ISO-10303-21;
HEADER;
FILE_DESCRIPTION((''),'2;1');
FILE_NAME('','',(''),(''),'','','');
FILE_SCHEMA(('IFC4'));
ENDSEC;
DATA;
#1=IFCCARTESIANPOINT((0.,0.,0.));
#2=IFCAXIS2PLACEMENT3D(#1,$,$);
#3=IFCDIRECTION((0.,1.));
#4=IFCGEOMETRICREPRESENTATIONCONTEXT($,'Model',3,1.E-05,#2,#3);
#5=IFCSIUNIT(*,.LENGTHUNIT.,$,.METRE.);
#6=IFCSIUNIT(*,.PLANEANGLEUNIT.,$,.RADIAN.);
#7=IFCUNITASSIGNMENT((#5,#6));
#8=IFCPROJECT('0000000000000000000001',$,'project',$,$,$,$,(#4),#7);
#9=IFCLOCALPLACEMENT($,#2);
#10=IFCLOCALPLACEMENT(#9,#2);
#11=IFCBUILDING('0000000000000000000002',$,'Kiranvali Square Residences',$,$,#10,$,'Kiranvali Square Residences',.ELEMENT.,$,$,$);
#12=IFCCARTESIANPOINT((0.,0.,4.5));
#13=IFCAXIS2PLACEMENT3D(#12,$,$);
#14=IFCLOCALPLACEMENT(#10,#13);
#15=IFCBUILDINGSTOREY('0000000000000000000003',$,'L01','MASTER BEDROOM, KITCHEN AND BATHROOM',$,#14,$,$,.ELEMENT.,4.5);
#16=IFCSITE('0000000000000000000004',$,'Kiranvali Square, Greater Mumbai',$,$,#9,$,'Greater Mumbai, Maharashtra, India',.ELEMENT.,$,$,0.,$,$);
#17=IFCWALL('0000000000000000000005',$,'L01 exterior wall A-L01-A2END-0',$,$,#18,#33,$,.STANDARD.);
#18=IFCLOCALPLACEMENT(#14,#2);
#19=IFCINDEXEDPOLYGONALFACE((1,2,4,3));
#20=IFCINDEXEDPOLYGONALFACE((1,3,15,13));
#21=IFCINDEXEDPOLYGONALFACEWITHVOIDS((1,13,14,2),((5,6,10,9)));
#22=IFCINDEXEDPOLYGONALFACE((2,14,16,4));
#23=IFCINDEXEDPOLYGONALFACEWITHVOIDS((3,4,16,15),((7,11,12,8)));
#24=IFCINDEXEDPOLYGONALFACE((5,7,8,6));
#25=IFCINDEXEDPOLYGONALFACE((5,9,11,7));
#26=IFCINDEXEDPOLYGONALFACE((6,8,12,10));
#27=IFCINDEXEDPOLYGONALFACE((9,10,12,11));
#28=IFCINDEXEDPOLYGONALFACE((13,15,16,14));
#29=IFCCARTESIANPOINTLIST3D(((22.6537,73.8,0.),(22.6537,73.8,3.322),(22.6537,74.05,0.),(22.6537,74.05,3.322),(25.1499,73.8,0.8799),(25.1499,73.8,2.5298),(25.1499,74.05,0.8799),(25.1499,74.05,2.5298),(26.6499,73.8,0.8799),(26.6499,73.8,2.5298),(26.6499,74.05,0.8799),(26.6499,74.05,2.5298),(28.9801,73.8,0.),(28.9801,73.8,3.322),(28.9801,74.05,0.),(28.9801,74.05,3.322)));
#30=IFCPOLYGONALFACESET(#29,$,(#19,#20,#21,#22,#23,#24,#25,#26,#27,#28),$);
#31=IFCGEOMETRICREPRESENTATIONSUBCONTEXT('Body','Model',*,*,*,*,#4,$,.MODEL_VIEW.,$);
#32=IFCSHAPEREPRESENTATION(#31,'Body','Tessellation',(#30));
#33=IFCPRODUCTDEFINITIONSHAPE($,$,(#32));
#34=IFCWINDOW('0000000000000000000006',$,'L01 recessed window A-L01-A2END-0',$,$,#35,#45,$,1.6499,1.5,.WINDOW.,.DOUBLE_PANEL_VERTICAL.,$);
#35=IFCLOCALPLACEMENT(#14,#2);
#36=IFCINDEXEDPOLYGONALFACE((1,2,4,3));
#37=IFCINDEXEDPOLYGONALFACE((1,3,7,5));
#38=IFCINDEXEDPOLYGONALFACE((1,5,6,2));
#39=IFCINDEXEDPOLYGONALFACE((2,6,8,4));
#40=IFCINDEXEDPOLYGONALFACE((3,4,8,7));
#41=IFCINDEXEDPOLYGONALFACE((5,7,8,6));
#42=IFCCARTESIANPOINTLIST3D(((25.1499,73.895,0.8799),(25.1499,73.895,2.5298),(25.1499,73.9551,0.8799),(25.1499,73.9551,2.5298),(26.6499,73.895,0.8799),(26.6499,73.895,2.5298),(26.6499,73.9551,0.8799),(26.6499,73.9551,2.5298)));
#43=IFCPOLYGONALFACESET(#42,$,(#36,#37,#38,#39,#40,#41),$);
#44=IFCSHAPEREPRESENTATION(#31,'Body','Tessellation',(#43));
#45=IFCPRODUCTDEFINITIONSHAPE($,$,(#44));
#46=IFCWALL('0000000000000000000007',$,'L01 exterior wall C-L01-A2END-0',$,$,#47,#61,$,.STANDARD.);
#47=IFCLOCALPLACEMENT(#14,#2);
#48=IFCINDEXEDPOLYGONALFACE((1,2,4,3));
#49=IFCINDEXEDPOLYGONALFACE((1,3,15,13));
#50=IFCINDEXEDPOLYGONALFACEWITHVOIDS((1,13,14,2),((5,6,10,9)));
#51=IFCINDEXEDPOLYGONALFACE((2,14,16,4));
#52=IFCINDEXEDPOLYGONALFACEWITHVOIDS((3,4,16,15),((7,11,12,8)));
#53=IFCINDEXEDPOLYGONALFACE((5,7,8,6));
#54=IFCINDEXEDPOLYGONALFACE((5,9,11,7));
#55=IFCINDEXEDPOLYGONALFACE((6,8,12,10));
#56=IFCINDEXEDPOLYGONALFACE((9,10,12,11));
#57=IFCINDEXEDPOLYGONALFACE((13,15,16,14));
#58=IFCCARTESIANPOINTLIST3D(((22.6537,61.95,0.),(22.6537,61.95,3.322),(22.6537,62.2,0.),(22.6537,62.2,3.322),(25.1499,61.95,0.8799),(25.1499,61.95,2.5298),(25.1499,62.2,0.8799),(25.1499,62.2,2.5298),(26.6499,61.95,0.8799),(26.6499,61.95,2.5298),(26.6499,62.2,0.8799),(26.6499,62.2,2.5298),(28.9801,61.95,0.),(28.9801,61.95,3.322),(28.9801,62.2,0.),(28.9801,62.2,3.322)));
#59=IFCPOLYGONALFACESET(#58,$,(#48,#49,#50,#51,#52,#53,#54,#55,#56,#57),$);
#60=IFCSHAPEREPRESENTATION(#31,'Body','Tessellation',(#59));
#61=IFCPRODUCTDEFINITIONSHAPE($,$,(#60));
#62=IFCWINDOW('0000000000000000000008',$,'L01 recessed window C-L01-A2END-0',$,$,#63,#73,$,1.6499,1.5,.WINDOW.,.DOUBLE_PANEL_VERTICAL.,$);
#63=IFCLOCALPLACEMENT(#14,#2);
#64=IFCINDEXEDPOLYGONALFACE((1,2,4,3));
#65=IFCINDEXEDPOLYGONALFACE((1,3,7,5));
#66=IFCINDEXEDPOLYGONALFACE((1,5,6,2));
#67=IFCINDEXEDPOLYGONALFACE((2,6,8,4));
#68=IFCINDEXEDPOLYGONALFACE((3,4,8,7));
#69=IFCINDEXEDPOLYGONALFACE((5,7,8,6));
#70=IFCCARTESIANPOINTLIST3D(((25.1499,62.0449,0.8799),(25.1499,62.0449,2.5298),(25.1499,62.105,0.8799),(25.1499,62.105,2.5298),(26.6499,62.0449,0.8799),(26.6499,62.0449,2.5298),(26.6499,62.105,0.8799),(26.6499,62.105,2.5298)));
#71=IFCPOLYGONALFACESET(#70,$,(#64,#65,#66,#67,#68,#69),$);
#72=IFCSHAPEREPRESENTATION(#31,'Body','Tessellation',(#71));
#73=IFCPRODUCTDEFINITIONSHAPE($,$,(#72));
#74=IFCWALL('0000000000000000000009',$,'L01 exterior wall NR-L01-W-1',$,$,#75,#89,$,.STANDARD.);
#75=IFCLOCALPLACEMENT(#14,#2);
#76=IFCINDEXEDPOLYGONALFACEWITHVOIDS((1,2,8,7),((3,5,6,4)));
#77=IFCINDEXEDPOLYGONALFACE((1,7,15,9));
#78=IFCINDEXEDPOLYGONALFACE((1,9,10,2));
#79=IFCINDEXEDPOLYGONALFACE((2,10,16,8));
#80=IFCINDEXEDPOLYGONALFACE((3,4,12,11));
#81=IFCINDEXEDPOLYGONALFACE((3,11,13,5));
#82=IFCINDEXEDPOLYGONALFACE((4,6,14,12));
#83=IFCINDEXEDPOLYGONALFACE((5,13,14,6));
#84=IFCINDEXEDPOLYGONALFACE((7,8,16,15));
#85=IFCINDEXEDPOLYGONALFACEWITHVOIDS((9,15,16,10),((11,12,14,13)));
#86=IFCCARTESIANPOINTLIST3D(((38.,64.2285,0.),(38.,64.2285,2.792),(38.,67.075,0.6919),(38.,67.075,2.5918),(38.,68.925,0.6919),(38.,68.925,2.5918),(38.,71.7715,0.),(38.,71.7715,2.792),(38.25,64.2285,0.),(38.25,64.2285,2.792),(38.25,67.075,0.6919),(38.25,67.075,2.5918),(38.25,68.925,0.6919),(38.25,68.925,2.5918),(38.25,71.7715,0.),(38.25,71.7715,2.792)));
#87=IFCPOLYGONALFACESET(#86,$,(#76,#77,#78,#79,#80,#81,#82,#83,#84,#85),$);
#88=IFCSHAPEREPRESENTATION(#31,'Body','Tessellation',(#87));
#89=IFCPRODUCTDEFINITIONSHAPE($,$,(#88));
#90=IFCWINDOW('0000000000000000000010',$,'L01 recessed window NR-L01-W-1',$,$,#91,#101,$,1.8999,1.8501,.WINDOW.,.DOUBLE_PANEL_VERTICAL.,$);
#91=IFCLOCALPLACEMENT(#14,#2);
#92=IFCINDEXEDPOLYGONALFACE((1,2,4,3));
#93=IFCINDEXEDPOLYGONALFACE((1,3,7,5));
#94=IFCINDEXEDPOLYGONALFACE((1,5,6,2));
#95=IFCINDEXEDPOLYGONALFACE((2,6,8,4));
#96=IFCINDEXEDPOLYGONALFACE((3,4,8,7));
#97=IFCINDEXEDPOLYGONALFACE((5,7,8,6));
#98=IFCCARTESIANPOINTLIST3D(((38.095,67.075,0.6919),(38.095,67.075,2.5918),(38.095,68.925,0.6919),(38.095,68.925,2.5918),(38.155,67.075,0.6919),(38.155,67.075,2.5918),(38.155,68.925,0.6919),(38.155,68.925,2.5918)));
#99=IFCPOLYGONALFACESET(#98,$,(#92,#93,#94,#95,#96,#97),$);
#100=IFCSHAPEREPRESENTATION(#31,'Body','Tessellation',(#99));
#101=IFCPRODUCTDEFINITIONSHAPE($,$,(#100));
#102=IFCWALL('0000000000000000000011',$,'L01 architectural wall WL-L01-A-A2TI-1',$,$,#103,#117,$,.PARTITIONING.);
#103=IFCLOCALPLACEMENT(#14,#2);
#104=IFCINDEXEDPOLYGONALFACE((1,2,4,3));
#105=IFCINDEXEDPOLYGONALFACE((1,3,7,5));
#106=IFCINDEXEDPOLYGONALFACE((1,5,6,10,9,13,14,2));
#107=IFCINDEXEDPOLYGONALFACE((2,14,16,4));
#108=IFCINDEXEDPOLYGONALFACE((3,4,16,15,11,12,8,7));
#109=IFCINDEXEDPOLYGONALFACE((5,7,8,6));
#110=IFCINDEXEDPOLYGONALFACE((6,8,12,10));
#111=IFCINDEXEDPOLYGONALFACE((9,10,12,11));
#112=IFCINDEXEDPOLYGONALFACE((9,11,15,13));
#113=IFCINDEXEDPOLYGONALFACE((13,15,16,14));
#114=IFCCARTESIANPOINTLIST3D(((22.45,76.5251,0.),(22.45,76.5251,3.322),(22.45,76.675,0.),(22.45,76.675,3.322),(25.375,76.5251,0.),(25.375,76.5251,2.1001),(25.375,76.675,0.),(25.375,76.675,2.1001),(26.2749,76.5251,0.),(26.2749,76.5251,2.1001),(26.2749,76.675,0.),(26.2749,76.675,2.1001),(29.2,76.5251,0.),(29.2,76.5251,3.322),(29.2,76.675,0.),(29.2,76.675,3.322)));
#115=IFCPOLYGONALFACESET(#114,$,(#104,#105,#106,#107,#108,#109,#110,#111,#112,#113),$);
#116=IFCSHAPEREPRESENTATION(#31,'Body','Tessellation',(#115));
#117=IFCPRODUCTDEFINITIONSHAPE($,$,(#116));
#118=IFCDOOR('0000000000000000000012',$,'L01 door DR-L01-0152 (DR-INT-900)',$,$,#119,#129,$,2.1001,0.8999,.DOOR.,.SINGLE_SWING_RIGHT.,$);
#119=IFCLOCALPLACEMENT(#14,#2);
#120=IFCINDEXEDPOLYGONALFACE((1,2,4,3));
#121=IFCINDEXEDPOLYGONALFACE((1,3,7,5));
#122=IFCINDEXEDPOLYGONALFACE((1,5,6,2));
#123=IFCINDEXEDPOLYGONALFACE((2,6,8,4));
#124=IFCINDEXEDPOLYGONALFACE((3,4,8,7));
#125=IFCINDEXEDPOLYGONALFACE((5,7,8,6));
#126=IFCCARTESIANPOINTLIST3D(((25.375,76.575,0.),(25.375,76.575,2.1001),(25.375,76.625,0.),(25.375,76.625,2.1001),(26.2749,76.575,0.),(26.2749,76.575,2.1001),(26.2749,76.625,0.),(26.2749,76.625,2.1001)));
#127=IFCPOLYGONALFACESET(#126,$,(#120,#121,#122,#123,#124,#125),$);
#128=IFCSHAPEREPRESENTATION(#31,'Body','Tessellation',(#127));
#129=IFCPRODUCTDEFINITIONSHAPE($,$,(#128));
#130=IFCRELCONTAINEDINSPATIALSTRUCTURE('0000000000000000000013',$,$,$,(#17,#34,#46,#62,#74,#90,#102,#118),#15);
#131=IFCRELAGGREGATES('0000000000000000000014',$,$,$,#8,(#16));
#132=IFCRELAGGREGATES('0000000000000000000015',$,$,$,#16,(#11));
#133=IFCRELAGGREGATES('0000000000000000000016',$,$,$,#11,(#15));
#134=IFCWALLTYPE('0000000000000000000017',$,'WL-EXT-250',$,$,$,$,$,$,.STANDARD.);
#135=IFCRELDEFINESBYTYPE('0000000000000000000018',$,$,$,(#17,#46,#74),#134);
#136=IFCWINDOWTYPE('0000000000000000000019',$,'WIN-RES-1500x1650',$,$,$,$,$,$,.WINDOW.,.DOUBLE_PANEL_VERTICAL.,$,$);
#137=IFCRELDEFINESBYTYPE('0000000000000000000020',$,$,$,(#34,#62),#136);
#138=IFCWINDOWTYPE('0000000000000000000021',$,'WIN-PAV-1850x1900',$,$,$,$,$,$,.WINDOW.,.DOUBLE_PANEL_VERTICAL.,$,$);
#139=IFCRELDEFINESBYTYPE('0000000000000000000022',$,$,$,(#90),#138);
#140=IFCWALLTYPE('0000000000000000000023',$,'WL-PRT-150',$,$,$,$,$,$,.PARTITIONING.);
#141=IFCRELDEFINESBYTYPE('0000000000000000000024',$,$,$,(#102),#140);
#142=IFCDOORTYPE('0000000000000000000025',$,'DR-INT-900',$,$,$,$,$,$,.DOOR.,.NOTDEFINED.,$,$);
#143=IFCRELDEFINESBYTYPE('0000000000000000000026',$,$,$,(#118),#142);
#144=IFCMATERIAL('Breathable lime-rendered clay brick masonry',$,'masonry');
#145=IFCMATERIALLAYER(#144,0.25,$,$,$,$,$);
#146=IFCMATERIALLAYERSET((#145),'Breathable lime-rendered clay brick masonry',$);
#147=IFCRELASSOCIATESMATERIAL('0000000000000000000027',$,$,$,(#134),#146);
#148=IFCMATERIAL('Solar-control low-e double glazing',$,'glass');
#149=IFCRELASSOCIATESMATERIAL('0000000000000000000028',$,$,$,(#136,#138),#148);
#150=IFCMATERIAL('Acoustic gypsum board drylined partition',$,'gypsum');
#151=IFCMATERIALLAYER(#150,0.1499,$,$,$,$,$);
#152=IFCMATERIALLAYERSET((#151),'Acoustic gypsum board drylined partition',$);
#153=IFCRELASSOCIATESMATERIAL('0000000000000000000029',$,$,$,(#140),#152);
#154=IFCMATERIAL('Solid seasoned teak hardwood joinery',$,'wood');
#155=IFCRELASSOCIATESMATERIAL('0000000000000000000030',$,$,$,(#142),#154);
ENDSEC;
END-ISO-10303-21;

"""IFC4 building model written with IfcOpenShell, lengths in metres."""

from ifc_helpers import new_model, si_unit, direction, frame, frame_2d, origin, place, context, subcontext, project, spatial, rectangle, extrude, material, layer, layer_set, type_object, element, fill, save


model = new_model("IFC4")

# Units and contexts
model_context = context("Model", 3, precision=1e-05, world=origin(), true_north=direction((0.0, 1.0)))
body_context = subcontext(model_context, "Body", "Model", "MODEL_VIEW")
ifc_project = project(units=[si_unit("LENGTHUNIT", "METRE"), si_unit("PLANEANGLEUNIT", "RADIAN")], contexts=[model_context])

# Site, building, storey
site_placement = place(None, origin())
site = spatial("IfcSite", under=ifc_project, at=site_placement, Name="Kiranvali Square, Greater Mumbai", LongName="Greater Mumbai, Maharashtra, India", CompositionType="ELEMENT", RefElevation=0.0)
building_placement = place(site_placement, origin())
building = spatial("IfcBuilding", under=site, at=building_placement, Name="Kiranvali Square Residences", LongName="Kiranvali Square Residences", CompositionType="ELEMENT")
storey_placement = place(building_placement, frame((0.0, 0.0, 4.5)))
storey = spatial("IfcBuildingStorey", under=building, at=storey_placement, Name="L01", Description="MASTER BEDROOM, KITCHEN AND BATHROOM", CompositionType="ELEMENT", Elevation=4.5)

# Walls, openings, windows
ifc_material_1 = material(Name="Breathable lime-rendered clay brick masonry", Category="masonry")
ifc_layer_1 = layer(ifc_material_1, 0.25)
ifc_layer_set_1 = layer_set([ifc_layer_1], Name="Breathable lime-rendered clay brick masonry")
wall_type_1 = type_object("IfcWallType", Name="WL-EXT-250", PredefinedType="STANDARD", material=ifc_layer_set_1)
ifc_material_2 = material(Name="Solar-control low-e double glazing", Category="glass")
wall_1_placement = place(storey_placement, frame((28.98, 73.925, 0.0), z_axis=(0.0, 0.0, 1.0), x_axis=(-1.0, 0.0, 0.0)))
wall_1 = element("IfcWall", 1, at=wall_1_placement, inside=storey, type_object=wall_type_1, Name="L01 exterior wall A-L01-A2END-0", PredefinedType="STANDARD", context=body_context, shape_type="SweptSolid", body=[
    extrude(rectangle(XDim=6.3264, YDim=0.25, at=frame_2d((3.1631, 0.0))), origin(), (0.0, 0.0, 1.0), 3.322),
])
opening_1_placement = place(wall_1_placement, frame((2.3301, 0.0, 0.8799)))
opening_1 = element("IfcOpeningElement", 2, at=opening_1_placement, cuts=wall_1, PredefinedType="OPENING", context=body_context, shape_type="SweptSolid", body=[
    extrude(rectangle(XDim=1.5, YDim=1.6499, at=frame_2d((0.75, 0.825))), frame((0.0, 0.135, 0.0), z_axis=(0.0, -1.0, 0.0), x_axis=(1.0, 0.0, 0.0)), (0.0, 0.0, 1.0), 0.27),
])
window_type_1 = type_object("IfcWindowType", Name="WIN-RES-1500x1650", PartitioningType="DOUBLE_PANEL_VERTICAL", PredefinedType="WINDOW", material=ifc_material_2)
window_1_placement = place(opening_1_placement, origin())
window_1 = element("IfcWindow", 3, at=window_1_placement, inside=storey, type_object=window_type_1, Name="L01 recessed window A-L01-A2END-0", OverallHeight=1.6499, OverallWidth=1.5, PartitioningType="DOUBLE_PANEL_VERTICAL", PredefinedType="WINDOW", context=body_context, shape_type="SweptSolid", body=[
    extrude(rectangle(XDim=1.5, YDim=1.6499, at=frame_2d((0.75, 0.825))), frame((0.0, 0.03, 0.0), z_axis=(0.0, -1.0, 0.0), x_axis=(1.0, 0.0, 0.0)), (0.0, 0.0, 1.0), 0.0601),
])
fill(opening_1, window_1)
wall_2_placement = place(storey_placement, frame((28.98, 62.075, 0.0), z_axis=(0.0, 0.0, 1.0), x_axis=(-1.0, 0.0, 0.0)))
wall_2 = element("IfcWall", 4, at=wall_2_placement, inside=storey, type_object=wall_type_1, Name="L01 exterior wall C-L01-A2END-0", PredefinedType="STANDARD", context=body_context, shape_type="SweptSolid", body=[
    extrude(rectangle(XDim=6.3264, YDim=0.25, at=frame_2d((3.1631, 0.0))), origin(), (0.0, 0.0, 1.0), 3.322),
])
opening_2_placement = place(wall_2_placement, frame((2.3301, 0.0, 0.8799)))
opening_2 = element("IfcOpeningElement", 5, at=opening_2_placement, cuts=wall_2, PredefinedType="OPENING", context=body_context, shape_type="SweptSolid", body=[
    extrude(rectangle(XDim=1.5, YDim=1.6499, at=frame_2d((0.75, 0.825))), frame((0.0, 0.135, 0.0), z_axis=(0.0, -1.0, 0.0), x_axis=(1.0, 0.0, 0.0)), (0.0, 0.0, 1.0), 0.27),
])
window_2_placement = place(opening_2_placement, origin())
window_2 = element("IfcWindow", 6, at=window_2_placement, inside=storey, type_object=window_type_1, Name="L01 recessed window C-L01-A2END-0", OverallHeight=1.6499, OverallWidth=1.5, PartitioningType="DOUBLE_PANEL_VERTICAL", PredefinedType="WINDOW", context=body_context, shape_type="SweptSolid", body=[
    extrude(rectangle(XDim=1.5, YDim=1.6499, at=frame_2d((0.75, 0.825))), frame((0.0, 0.03, 0.0), z_axis=(0.0, -1.0, 0.0), x_axis=(1.0, 0.0, 0.0)), (0.0, 0.0, 1.0), 0.0601),
])
fill(opening_2, window_2)
wall_3_placement = place(storey_placement, frame((38.125, 64.2285, 0.0), z_axis=(0.0, 0.0, 1.0), x_axis=(0.0, 1.0, 0.0)))
wall_3 = element("IfcWall", 7, at=wall_3_placement, inside=storey, type_object=wall_type_1, Name="L01 exterior wall NR-L01-W-1", PredefinedType="STANDARD", context=body_context, shape_type="SweptSolid", body=[
    extrude(rectangle(XDim=7.543, YDim=0.25, at=frame_2d((3.7715, 0.0))), origin(), (0.0, 0.0, 1.0), 2.792),
])
opening_3_placement = place(wall_3_placement, frame((2.8464, 0.0, 0.6919)))
opening_3 = element("IfcOpeningElement", 8, at=opening_3_placement, cuts=wall_3, PredefinedType="OPENING", context=body_context, shape_type="SweptSolid", body=[
    extrude(rectangle(XDim=1.8501, YDim=1.8999, at=frame_2d((0.925, 0.95))), frame((0.0, 0.135, 0.0), z_axis=(0.0, -1.0, 0.0), x_axis=(1.0, 0.0, 0.0)), (0.0, 0.0, 1.0), 0.27),
])
window_type_2 = type_object("IfcWindowType", Name="WIN-PAV-1850x1900", PartitioningType="DOUBLE_PANEL_VERTICAL", PredefinedType="WINDOW", material=ifc_material_2)
window_3_placement = place(opening_3_placement, origin())
window_3 = element("IfcWindow", 9, at=window_3_placement, inside=storey, type_object=window_type_2, Name="L01 recessed window NR-L01-W-1", OverallHeight=1.8999, OverallWidth=1.8501, PartitioningType="DOUBLE_PANEL_VERTICAL", PredefinedType="WINDOW", context=body_context, shape_type="SweptSolid", body=[
    extrude(rectangle(XDim=1.8501, YDim=1.8999, at=frame_2d((0.925, 0.95))), frame((0.0, 0.03, 0.0), z_axis=(0.0, -1.0, 0.0), x_axis=(1.0, 0.0, 0.0)), (0.0, 0.0, 1.0), 0.0601),
])
fill(opening_3, window_3)

# Wall, opening, door
ifc_material_3 = material(Name="Acoustic gypsum board drylined partition", Category="gypsum")
ifc_layer_2 = layer(ifc_material_3, 0.1499)
ifc_layer_set_2 = layer_set([ifc_layer_2], Name="Acoustic gypsum board drylined partition")
wall_type_2 = type_object("IfcWallType", Name="WL-PRT-150", PredefinedType="PARTITIONING", material=ifc_layer_set_2)
wall_4_placement = place(storey_placement, frame((29.2, 76.6001, 0.0), z_axis=(0.0, 0.0, 1.0), x_axis=(-1.0, 0.0, 0.0)))
wall_4 = element("IfcWall", 10, at=wall_4_placement, inside=storey, type_object=wall_type_2, Name="L01 architectural wall WL-L01-A-A2TI-1", PredefinedType="PARTITIONING", context=body_context, shape_type="SweptSolid", body=[
    extrude(rectangle(XDim=6.75, YDim=0.1499, at=frame_2d((3.375, 0.0))), origin(), (0.0, 0.0, 1.0), 3.322),
])
opening_4_placement = place(wall_4_placement, frame((2.925, 0.0, 0.0)))
opening_4 = element("IfcOpeningElement", 11, at=opening_4_placement, cuts=wall_4, PredefinedType="OPENING", context=body_context, shape_type="SweptSolid", body=[
    extrude(rectangle(XDim=0.8999, YDim=2.1001, at=frame_2d((0.45, 1.05))), frame((0.0, 0.085, 0.0), z_axis=(0.0, -1.0, 0.0), x_axis=(1.0, 0.0, 0.0)), (0.0, 0.0, 1.0), 0.1699),
])
ifc_material_4 = material(Name="Solid seasoned teak hardwood joinery", Category="wood")
door_type = type_object("IfcDoorType", Name="DR-INT-900", OperationType="NOTDEFINED", PredefinedType="DOOR", material=ifc_material_4)
door_placement = place(opening_4_placement, frame((0.8999, 0.0, 0.0), z_axis=(0.0, 0.0, 1.0), x_axis=(-1.0, 0.0, 0.0)))
door = element("IfcDoor", 12, at=door_placement, inside=storey, type_object=door_type, Name="L01 door DR-L01-0152 (DR-INT-900)", OperationType="SINGLE_SWING_RIGHT", OverallHeight=2.1001, OverallWidth=0.8999, PredefinedType="DOOR", context=body_context, shape_type="SweptSolid", body=[
    extrude(rectangle(XDim=0.8999, YDim=2.1001, at=frame_2d((0.45, 1.05))), frame((0.0, 0.0249, 0.0), z_axis=(0.0, -1.0, 0.0), x_axis=(1.0, 0.0, 0.0)), (0.0, 0.0, 1.0), 0.05),
])
fill(opening_4, door)

save(model, "model.ifc")
